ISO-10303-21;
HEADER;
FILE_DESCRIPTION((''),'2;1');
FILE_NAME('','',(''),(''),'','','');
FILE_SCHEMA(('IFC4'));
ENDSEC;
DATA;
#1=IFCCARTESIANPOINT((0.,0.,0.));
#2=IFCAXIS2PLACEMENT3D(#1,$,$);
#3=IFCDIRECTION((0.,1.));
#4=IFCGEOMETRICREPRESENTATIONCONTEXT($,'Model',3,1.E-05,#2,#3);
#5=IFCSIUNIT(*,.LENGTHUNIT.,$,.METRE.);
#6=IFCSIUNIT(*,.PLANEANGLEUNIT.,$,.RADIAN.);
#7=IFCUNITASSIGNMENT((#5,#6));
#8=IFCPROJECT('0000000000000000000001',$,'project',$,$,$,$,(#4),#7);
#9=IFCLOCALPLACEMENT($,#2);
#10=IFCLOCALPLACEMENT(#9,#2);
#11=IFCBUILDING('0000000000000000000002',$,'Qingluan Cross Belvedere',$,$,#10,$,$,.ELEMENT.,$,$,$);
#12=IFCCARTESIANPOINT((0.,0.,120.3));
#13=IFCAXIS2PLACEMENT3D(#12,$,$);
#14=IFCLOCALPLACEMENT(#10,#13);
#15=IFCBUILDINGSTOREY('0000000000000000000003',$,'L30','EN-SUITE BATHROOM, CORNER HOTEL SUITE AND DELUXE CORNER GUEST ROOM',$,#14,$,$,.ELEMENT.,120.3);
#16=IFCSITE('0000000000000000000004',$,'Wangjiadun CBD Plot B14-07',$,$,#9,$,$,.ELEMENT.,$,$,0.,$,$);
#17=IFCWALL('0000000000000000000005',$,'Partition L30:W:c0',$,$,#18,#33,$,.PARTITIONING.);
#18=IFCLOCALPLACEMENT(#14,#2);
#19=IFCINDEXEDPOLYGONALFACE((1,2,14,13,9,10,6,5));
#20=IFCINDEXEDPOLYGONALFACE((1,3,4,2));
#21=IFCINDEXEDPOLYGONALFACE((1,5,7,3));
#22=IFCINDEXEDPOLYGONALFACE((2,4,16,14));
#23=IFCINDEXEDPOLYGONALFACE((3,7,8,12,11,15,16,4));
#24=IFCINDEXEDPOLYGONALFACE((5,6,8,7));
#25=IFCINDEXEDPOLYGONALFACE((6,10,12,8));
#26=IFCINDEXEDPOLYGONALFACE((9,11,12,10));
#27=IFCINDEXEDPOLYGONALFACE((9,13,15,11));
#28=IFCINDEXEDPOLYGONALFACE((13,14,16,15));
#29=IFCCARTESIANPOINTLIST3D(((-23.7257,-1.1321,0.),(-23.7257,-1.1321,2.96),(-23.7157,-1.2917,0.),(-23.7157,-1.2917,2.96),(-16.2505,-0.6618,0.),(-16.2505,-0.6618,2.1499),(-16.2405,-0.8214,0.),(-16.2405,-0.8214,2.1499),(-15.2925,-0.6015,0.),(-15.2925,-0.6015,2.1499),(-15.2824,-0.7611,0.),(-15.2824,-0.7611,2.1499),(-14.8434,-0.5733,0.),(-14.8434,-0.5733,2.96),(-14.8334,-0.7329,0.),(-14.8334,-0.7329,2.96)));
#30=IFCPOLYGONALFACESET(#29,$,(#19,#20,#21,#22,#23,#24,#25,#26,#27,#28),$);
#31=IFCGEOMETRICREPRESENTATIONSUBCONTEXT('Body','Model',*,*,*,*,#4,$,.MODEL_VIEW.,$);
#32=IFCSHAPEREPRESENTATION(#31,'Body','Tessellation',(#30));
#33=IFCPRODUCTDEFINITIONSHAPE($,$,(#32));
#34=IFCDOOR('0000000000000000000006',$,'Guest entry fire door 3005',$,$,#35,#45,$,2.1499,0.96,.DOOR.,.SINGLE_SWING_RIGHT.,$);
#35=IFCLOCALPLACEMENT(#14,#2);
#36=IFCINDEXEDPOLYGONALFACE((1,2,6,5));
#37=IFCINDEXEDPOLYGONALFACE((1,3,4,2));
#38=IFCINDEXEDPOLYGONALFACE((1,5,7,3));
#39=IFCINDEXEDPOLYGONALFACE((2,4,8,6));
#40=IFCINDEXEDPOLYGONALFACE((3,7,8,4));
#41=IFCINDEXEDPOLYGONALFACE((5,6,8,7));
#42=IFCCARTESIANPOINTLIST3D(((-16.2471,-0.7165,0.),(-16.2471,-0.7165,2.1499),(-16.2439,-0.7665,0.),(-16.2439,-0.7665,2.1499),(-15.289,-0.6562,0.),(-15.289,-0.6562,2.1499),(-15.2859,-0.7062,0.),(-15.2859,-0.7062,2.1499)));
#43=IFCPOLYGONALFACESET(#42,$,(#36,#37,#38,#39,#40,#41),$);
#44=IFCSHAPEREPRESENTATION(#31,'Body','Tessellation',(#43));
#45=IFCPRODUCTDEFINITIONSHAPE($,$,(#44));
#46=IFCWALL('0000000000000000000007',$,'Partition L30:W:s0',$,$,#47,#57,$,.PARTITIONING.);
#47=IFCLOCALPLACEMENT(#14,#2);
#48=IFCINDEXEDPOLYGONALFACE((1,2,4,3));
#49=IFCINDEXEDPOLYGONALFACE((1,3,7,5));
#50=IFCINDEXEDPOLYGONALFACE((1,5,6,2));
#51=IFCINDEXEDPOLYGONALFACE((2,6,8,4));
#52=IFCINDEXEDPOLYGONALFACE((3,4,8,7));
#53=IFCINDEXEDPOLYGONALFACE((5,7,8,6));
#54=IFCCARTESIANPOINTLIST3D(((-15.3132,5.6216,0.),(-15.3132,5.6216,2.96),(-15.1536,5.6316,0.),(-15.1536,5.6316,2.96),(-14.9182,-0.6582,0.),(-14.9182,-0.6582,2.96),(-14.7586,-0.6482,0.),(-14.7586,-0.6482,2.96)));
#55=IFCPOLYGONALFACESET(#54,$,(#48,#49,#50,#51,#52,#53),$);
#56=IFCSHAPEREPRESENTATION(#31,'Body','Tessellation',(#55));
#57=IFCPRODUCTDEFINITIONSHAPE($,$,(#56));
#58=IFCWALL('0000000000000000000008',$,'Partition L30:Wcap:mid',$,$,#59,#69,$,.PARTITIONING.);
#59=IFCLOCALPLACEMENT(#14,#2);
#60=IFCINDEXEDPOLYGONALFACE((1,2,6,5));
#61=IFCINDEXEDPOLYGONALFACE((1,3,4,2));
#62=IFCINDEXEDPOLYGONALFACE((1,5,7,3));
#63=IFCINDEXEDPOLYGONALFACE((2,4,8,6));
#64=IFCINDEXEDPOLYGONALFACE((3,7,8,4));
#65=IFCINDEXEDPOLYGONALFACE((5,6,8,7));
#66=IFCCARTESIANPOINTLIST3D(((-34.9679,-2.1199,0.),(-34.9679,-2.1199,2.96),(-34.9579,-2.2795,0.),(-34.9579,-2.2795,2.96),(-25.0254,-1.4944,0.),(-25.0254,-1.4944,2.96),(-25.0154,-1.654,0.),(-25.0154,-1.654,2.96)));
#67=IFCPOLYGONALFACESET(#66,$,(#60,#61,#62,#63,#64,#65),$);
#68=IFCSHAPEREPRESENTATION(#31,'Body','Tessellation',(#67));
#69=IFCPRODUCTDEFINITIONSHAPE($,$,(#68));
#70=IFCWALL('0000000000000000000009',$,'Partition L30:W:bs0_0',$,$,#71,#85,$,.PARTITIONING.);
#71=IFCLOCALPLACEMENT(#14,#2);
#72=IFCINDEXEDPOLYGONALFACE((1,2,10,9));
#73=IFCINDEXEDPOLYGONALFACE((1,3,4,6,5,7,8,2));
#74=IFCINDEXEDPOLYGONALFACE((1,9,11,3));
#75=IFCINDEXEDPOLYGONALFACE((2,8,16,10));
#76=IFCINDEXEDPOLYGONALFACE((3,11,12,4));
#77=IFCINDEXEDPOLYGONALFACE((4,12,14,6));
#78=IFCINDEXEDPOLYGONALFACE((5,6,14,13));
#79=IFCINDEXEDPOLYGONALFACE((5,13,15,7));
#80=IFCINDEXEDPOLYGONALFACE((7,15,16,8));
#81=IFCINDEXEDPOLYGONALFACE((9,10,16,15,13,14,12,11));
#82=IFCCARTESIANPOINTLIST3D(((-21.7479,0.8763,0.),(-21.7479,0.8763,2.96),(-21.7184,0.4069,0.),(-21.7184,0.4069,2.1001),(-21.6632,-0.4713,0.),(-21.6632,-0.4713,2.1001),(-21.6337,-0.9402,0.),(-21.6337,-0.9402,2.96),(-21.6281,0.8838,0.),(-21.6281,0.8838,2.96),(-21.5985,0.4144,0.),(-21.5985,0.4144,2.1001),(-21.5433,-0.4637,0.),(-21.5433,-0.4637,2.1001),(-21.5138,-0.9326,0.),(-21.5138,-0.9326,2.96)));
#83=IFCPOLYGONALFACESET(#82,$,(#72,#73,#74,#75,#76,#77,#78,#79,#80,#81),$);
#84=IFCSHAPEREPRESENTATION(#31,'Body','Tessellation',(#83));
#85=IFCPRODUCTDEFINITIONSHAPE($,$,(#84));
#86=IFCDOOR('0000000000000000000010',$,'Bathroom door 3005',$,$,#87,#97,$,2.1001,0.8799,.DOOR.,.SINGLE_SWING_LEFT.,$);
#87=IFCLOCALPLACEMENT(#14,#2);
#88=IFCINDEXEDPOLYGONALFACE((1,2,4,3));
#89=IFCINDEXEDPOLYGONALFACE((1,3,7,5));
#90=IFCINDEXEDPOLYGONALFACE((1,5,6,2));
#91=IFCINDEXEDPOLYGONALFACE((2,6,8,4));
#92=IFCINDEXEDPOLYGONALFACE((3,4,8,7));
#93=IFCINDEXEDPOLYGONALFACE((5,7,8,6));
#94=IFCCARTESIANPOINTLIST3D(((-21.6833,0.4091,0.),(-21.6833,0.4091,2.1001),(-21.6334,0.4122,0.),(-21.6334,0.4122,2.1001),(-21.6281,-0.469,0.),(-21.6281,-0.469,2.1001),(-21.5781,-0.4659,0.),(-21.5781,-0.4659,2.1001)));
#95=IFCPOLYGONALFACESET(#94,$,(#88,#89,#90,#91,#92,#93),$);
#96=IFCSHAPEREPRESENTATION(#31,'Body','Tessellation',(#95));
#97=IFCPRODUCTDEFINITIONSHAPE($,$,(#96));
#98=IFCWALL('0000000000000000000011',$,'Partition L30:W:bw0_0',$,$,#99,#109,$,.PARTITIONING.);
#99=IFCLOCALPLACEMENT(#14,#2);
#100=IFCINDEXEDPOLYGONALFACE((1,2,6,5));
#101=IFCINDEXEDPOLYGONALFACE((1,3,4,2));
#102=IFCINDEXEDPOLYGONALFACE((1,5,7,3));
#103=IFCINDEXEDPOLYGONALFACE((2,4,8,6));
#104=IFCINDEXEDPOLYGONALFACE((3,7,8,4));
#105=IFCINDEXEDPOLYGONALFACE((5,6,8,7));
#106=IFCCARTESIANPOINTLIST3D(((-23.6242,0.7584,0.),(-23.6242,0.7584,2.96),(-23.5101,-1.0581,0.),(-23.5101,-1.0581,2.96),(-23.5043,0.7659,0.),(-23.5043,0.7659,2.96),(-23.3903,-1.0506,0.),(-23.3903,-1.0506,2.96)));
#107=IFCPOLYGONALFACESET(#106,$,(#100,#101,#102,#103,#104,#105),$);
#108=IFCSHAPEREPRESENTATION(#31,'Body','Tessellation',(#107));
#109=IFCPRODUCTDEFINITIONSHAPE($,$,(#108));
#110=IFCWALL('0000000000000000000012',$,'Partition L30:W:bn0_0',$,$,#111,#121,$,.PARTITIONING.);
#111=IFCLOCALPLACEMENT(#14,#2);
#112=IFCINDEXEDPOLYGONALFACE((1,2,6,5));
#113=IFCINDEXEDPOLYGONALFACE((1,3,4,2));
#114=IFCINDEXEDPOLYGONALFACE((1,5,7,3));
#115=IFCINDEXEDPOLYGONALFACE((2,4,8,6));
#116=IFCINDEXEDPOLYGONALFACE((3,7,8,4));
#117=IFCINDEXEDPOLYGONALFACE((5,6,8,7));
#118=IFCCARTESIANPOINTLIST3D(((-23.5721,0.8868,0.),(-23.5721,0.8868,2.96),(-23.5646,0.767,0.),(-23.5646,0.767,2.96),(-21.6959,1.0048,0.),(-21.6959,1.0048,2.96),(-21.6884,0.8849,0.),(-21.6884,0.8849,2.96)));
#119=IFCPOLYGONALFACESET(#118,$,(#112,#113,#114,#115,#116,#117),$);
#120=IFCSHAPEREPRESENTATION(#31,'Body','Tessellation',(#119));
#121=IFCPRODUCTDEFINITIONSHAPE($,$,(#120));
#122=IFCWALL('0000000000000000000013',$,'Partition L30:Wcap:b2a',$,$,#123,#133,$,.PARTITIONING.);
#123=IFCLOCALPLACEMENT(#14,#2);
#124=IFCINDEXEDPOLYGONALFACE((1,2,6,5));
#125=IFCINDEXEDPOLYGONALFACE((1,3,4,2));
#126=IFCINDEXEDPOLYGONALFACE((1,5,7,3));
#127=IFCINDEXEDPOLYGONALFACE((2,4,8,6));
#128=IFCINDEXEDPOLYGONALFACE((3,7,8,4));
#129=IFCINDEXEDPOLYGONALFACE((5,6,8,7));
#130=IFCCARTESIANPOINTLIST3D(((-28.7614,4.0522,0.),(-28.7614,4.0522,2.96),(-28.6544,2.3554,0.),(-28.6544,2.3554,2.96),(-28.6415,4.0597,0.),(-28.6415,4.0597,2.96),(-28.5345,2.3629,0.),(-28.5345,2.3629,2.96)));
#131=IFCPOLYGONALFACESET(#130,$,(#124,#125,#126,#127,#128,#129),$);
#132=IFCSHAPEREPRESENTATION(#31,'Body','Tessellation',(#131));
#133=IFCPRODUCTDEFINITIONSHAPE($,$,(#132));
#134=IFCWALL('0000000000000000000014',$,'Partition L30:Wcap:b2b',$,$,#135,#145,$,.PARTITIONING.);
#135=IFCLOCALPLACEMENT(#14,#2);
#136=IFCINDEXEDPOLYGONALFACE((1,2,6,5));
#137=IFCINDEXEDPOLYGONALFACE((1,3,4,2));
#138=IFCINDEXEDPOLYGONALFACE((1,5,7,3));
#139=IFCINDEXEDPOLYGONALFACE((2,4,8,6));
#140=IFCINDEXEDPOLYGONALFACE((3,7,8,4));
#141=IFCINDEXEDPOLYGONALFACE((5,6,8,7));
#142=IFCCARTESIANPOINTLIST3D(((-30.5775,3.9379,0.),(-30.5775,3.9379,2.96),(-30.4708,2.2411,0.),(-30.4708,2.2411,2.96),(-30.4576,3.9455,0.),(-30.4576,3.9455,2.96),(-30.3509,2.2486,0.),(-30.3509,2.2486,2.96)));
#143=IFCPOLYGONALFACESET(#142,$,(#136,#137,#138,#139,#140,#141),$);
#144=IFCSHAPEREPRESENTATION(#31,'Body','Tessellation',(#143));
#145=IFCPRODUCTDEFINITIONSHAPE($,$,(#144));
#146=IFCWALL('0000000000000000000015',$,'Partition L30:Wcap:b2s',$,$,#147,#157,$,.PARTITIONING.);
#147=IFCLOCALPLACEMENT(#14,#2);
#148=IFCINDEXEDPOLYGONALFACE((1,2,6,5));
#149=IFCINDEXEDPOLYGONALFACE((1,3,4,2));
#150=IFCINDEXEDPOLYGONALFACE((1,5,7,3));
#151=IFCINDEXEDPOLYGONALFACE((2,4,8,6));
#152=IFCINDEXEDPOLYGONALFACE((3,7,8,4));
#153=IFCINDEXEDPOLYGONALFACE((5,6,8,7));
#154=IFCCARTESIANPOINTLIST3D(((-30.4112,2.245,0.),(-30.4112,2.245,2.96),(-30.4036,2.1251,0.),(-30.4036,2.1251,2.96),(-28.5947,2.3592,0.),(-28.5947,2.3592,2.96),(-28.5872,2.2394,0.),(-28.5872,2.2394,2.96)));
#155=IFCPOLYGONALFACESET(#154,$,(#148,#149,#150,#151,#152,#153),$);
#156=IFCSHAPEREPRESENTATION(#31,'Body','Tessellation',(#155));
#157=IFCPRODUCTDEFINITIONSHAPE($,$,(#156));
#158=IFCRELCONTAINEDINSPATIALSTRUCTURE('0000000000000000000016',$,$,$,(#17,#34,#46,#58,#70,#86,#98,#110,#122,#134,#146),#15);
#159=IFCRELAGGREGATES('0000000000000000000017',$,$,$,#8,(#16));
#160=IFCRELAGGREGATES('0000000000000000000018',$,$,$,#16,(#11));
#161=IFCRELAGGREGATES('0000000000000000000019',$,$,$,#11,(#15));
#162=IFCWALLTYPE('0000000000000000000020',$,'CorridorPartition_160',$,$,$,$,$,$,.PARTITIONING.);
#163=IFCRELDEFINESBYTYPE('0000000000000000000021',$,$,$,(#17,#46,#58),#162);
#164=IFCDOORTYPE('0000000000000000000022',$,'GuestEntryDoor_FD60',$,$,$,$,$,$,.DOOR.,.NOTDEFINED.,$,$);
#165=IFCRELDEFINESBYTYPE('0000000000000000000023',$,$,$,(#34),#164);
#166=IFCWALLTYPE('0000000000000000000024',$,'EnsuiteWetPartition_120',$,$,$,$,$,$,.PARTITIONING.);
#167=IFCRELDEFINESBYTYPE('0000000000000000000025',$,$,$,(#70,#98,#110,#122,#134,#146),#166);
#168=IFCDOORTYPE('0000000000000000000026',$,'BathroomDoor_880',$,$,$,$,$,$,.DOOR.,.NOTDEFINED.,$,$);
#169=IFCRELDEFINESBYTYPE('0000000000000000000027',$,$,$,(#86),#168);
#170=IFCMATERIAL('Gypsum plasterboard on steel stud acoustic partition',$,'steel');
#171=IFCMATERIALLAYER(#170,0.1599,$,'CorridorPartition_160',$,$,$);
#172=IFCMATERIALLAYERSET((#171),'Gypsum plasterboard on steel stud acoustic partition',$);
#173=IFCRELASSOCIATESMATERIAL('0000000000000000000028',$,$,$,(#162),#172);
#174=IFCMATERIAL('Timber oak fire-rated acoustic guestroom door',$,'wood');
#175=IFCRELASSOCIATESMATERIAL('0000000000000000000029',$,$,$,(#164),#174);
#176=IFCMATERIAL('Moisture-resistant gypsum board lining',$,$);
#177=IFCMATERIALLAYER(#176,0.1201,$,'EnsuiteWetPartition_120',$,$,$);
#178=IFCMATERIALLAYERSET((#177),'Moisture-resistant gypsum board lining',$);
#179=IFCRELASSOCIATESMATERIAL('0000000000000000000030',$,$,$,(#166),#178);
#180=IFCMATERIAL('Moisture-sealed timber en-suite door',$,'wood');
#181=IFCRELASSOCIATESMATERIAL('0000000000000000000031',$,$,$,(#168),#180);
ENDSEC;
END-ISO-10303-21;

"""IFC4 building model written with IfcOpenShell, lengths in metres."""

from ifc_helpers import new_model, si_unit, direction, frame, frame_2d, origin, place, context, subcontext, project, spatial, rectangle, extrude, material, layer, layer_set, type_object, element, fill, save


model = new_model("IFC4")

# Units and contexts
model_context = context("Model", 3, precision=1e-05, world=origin(), true_north=direction((0.0, 1.0)))
body_context = subcontext(model_context, "Body", "Model", "MODEL_VIEW")
ifc_project = project(units=[si_unit("LENGTHUNIT", "METRE"), si_unit("PLANEANGLEUNIT", "RADIAN")], contexts=[model_context])

# Site, building, storey
site_placement = place(None, origin())
site = spatial("IfcSite", under=ifc_project, at=site_placement, Name="Wangjiadun CBD Plot B14-07", CompositionType="ELEMENT", RefElevation=0.0)
building_placement = place(site_placement, origin())
building = spatial("IfcBuilding", under=site, at=building_placement, Name="Qingluan Cross Belvedere", CompositionType="ELEMENT")
storey_placement = place(building_placement, frame((0.0, 0.0, 120.3)))
storey = spatial("IfcBuildingStorey", under=building, at=storey_placement, Name="L30", Description="EN-SUITE BATHROOM, CORNER HOTEL SUITE AND DELUXE CORNER GUEST ROOM", CompositionType="ELEMENT", Elevation=120.3)

# Wall, opening, door
ifc_material_1 = material(Name="Gypsum plasterboard on steel stud acoustic partition", Category="steel")
ifc_layer_1 = layer(ifc_material_1, 0.1599, Name="CorridorPartition_160")
ifc_layer_set_1 = layer_set([ifc_layer_1], Name="Gypsum plasterboard on steel stud acoustic partition")
wall_type_1 = type_object("IfcWallType", Name="CorridorPartition_160", PredefinedType="PARTITIONING", material=ifc_layer_set_1)
wall_1_placement = place(storey_placement, frame((-14.8384, -0.6531, 0.0), z_axis=(0.0, 0.0, 1.0), x_axis=(-0.998027, -0.062792, 0.0)))
wall_1 = element("IfcWall", 1, at=wall_1_placement, inside=storey, type_object=wall_type_1, Name="Partition L30:W:c0", PredefinedType="PARTITIONING", context=body_context, shape_type="SweptSolid", body=[
    extrude(rectangle(XDim=8.8999, YDim=0.1599, at=frame_2d((4.45, 0.0))), origin(), (0.0, 0.0, 1.0), 2.96),
])
opening_1_placement = place(wall_1_placement, frame((0.45, 0.0, 0.0)))
opening_1 = element("IfcOpeningElement", 2, at=opening_1_placement, cuts=wall_1, PredefinedType="OPENING", context=body_context, shape_type="SweptSolid", body=[
    extrude(rectangle(XDim=0.96, YDim=2.1499, at=frame_2d((0.48, 1.075))), frame((0.0, 0.0898, 0.0), z_axis=(0.0, -1.0, 0.0), x_axis=(1.0, 0.0, 0.0)), (0.0, 0.0, 1.0), 0.1799),
])
ifc_material_2 = material(Name="Timber oak fire-rated acoustic guestroom door", Category="wood")
door_type_1 = type_object("IfcDoorType", Name="GuestEntryDoor_FD60", OperationType="NOTDEFINED", PredefinedType="DOOR", material=ifc_material_2)
door_1_placement = place(opening_1_placement, origin())
door_1 = element("IfcDoor", 3, at=door_1_placement, inside=storey, type_object=door_type_1, Name="Guest entry fire door 3005", OperationType="SINGLE_SWING_RIGHT", OverallHeight=2.1499, OverallWidth=0.96, PredefinedType="DOOR", context=body_context, shape_type="SweptSolid", body=[
    extrude(rectangle(XDim=0.96, YDim=2.1499, at=frame_2d((0.48, 1.075))), frame((0.0, 0.0249, 0.0), z_axis=(0.0, -1.0, 0.0), x_axis=(1.0, 0.0, 0.0)), (0.0, 0.0, 1.0), 0.05),
])
fill(opening_1, door_1)

# Walls
wall_2_placement = place(storey_placement, frame((-14.8384, -0.6531, 0.0), z_axis=(0.0, 0.0, 1.0), x_axis=(-0.062779, 0.998027, 0.0)))
element("IfcWall", 4, at=wall_2_placement, inside=storey, type_object=wall_type_1, Name="Partition L30:W:s0", PredefinedType="PARTITIONING", context=body_context, shape_type="SweptSolid", body=[
    extrude(rectangle(XDim=6.2922, YDim=0.1599, at=frame_2d((3.146, 0.0))), origin(), (0.0, 0.0, 1.0), 2.96),
])
wall_3_placement = place(storey_placement, frame((-25.0205, -1.5742, 0.0), z_axis=(0.0, 0.0, 1.0), x_axis=(-0.998027, -0.062787, 0.0)))
element("IfcWall", 5, at=wall_3_placement, inside=storey, type_object=wall_type_1, Name="Partition L30:Wcap:mid", PredefinedType="PARTITIONING", context=body_context, shape_type="SweptSolid", body=[
    extrude(rectangle(XDim=9.9622, YDim=0.1599, at=frame_2d((4.981, 0.0))), origin(), (0.0, 0.0, 1.0), 2.96),
])

# Wall, opening, door
ifc_material_3 = material(Name="Moisture-resistant gypsum board lining")
ifc_layer_2 = layer(ifc_material_3, 0.1201, Name="EnsuiteWetPartition_120")
ifc_layer_set_2 = layer_set([ifc_layer_2], Name="Moisture-resistant gypsum board lining")
wall_type_2 = type_object("IfcWallType", Name="EnsuiteWetPartition_120", PredefinedType="PARTITIONING", material=ifc_layer_set_2)
wall_4_placement = place(storey_placement, frame((-21.5737, -0.9365, 0.0), z_axis=(0.0, 0.0, 1.0), x_axis=(-0.062779, 0.998027, 0.0)))
wall_4 = element("IfcWall", 6, at=wall_4_placement, inside=storey, type_object=wall_type_2, Name="Partition L30:W:bs0_0", PredefinedType="PARTITIONING", context=body_context, shape_type="SweptSolid", body=[
    extrude(rectangle(XDim=1.8201, YDim=0.1201, at=frame_2d((0.9102, 0.0))), origin(), (0.0, 0.0, 1.0), 2.96),
])
opening_2_placement = place(wall_4_placement, frame((0.47, 0.0, 0.0)))
opening_2 = element("IfcOpeningElement", 7, at=opening_2_placement, cuts=wall_4, PredefinedType="OPENING", context=body_context, shape_type="SweptSolid", body=[
    extrude(rectangle(XDim=0.8799, YDim=2.1001, at=frame_2d((0.4399, 1.05))), frame((0.0, 0.0701, 0.0), z_axis=(0.0, -1.0, 0.0), x_axis=(1.0, 0.0, 0.0)), (0.0, 0.0, 1.0), 0.1401),
])
ifc_material_4 = material(Name="Moisture-sealed timber en-suite door", Category="wood")
door_type_2 = type_object("IfcDoorType", Name="BathroomDoor_880", OperationType="NOTDEFINED", PredefinedType="DOOR", material=ifc_material_4)
door_2_placement = place(opening_2_placement, origin())
door_2 = element("IfcDoor", 8, at=door_2_placement, inside=storey, type_object=door_type_2, Name="Bathroom door 3005", OperationType="SINGLE_SWING_LEFT", OverallHeight=2.1001, OverallWidth=0.8799, PredefinedType="DOOR", context=body_context, shape_type="SweptSolid", body=[
    extrude(rectangle(XDim=0.8799, YDim=2.1001, at=frame_2d((0.4399, 1.05))), frame((0.0, 0.0249, 0.0), z_axis=(0.0, -1.0, 0.0), x_axis=(1.0, 0.0, 0.0)), (0.0, 0.0, 1.0), 0.05),
])
fill(opening_2, door_2)

# Walls
wall_5_placement = place(storey_placement, frame((-23.4502, -1.0544, 0.0), z_axis=(0.0, 0.0, 1.0), x_axis=(-0.062646, 0.998036, 0.0)))
element("IfcWall", 9, at=wall_5_placement, inside=storey, type_object=wall_type_2, Name="Partition L30:W:bw0_0", PredefinedType="PARTITIONING", context=body_context, shape_type="SweptSolid", body=[
    extrude(rectangle(XDim=1.8201, YDim=0.1201, at=frame_2d((0.9102, 0.0))), origin(), (0.0, 0.0, 1.0), 2.96),
])
wall_6_placement = place(storey_placement, frame((-21.6921, 0.9448, 0.0), z_axis=(0.0, 0.0, 1.0), x_axis=(-0.998031, -0.062726, 0.0)))
element("IfcWall", 10, at=wall_6_placement, inside=storey, type_object=wall_type_2, Name="Partition L30:W:bn0_0", PredefinedType="PARTITIONING", context=body_context, shape_type="SweptSolid", body=[
    extrude(rectangle(XDim=1.8799, YDim=0.1201, at=frame_2d((0.9399, 0.0))), origin(), (0.0, 0.0, 1.0), 2.96),
])
for number, where, z_axis, x_axis, name in (
    (11, (-28.5945, 2.3591, 0.0), (0.0, 0.0, 1.0), (-0.062897, 0.99802, 0.0), "Partition L30:Wcap:b2a"),
    (12, (-30.4109, 2.2449, 0.0), (0.0, 0.0, 1.0), (-0.062754, 0.998029, 0.0), "Partition L30:Wcap:b2b"),
):
    element("IfcWall", number, at=place(storey_placement, frame(where, z_axis=z_axis, x_axis=x_axis)), inside=storey, type_object=wall_type_2, Name=name, PredefinedType="PARTITIONING", context=body_context, shape_type="SweptSolid", body=[
        extrude(rectangle(XDim=1.7002, YDim=0.1201, at=frame_2d((0.8501, 0.0))), origin(), (0.0, 0.0, 1.0), 2.96),
    ])
wall_7_placement = place(storey_placement, frame((-28.5908, 2.2993, 0.0), z_axis=(0.0, 0.0, 1.0), x_axis=(-0.998027, -0.062779, 0.0)))
element("IfcWall", 13, at=wall_7_placement, inside=storey, type_object=wall_type_2, Name="Partition L30:Wcap:b2s", PredefinedType="PARTITIONING", context=body_context, shape_type="SweptSolid", body=[
    extrude(rectangle(XDim=1.8201, YDim=0.1201, at=frame_2d((0.9102, 0.0))), origin(), (0.0, 0.0, 1.0), 2.96),
])

save(model, "model.ifc")
